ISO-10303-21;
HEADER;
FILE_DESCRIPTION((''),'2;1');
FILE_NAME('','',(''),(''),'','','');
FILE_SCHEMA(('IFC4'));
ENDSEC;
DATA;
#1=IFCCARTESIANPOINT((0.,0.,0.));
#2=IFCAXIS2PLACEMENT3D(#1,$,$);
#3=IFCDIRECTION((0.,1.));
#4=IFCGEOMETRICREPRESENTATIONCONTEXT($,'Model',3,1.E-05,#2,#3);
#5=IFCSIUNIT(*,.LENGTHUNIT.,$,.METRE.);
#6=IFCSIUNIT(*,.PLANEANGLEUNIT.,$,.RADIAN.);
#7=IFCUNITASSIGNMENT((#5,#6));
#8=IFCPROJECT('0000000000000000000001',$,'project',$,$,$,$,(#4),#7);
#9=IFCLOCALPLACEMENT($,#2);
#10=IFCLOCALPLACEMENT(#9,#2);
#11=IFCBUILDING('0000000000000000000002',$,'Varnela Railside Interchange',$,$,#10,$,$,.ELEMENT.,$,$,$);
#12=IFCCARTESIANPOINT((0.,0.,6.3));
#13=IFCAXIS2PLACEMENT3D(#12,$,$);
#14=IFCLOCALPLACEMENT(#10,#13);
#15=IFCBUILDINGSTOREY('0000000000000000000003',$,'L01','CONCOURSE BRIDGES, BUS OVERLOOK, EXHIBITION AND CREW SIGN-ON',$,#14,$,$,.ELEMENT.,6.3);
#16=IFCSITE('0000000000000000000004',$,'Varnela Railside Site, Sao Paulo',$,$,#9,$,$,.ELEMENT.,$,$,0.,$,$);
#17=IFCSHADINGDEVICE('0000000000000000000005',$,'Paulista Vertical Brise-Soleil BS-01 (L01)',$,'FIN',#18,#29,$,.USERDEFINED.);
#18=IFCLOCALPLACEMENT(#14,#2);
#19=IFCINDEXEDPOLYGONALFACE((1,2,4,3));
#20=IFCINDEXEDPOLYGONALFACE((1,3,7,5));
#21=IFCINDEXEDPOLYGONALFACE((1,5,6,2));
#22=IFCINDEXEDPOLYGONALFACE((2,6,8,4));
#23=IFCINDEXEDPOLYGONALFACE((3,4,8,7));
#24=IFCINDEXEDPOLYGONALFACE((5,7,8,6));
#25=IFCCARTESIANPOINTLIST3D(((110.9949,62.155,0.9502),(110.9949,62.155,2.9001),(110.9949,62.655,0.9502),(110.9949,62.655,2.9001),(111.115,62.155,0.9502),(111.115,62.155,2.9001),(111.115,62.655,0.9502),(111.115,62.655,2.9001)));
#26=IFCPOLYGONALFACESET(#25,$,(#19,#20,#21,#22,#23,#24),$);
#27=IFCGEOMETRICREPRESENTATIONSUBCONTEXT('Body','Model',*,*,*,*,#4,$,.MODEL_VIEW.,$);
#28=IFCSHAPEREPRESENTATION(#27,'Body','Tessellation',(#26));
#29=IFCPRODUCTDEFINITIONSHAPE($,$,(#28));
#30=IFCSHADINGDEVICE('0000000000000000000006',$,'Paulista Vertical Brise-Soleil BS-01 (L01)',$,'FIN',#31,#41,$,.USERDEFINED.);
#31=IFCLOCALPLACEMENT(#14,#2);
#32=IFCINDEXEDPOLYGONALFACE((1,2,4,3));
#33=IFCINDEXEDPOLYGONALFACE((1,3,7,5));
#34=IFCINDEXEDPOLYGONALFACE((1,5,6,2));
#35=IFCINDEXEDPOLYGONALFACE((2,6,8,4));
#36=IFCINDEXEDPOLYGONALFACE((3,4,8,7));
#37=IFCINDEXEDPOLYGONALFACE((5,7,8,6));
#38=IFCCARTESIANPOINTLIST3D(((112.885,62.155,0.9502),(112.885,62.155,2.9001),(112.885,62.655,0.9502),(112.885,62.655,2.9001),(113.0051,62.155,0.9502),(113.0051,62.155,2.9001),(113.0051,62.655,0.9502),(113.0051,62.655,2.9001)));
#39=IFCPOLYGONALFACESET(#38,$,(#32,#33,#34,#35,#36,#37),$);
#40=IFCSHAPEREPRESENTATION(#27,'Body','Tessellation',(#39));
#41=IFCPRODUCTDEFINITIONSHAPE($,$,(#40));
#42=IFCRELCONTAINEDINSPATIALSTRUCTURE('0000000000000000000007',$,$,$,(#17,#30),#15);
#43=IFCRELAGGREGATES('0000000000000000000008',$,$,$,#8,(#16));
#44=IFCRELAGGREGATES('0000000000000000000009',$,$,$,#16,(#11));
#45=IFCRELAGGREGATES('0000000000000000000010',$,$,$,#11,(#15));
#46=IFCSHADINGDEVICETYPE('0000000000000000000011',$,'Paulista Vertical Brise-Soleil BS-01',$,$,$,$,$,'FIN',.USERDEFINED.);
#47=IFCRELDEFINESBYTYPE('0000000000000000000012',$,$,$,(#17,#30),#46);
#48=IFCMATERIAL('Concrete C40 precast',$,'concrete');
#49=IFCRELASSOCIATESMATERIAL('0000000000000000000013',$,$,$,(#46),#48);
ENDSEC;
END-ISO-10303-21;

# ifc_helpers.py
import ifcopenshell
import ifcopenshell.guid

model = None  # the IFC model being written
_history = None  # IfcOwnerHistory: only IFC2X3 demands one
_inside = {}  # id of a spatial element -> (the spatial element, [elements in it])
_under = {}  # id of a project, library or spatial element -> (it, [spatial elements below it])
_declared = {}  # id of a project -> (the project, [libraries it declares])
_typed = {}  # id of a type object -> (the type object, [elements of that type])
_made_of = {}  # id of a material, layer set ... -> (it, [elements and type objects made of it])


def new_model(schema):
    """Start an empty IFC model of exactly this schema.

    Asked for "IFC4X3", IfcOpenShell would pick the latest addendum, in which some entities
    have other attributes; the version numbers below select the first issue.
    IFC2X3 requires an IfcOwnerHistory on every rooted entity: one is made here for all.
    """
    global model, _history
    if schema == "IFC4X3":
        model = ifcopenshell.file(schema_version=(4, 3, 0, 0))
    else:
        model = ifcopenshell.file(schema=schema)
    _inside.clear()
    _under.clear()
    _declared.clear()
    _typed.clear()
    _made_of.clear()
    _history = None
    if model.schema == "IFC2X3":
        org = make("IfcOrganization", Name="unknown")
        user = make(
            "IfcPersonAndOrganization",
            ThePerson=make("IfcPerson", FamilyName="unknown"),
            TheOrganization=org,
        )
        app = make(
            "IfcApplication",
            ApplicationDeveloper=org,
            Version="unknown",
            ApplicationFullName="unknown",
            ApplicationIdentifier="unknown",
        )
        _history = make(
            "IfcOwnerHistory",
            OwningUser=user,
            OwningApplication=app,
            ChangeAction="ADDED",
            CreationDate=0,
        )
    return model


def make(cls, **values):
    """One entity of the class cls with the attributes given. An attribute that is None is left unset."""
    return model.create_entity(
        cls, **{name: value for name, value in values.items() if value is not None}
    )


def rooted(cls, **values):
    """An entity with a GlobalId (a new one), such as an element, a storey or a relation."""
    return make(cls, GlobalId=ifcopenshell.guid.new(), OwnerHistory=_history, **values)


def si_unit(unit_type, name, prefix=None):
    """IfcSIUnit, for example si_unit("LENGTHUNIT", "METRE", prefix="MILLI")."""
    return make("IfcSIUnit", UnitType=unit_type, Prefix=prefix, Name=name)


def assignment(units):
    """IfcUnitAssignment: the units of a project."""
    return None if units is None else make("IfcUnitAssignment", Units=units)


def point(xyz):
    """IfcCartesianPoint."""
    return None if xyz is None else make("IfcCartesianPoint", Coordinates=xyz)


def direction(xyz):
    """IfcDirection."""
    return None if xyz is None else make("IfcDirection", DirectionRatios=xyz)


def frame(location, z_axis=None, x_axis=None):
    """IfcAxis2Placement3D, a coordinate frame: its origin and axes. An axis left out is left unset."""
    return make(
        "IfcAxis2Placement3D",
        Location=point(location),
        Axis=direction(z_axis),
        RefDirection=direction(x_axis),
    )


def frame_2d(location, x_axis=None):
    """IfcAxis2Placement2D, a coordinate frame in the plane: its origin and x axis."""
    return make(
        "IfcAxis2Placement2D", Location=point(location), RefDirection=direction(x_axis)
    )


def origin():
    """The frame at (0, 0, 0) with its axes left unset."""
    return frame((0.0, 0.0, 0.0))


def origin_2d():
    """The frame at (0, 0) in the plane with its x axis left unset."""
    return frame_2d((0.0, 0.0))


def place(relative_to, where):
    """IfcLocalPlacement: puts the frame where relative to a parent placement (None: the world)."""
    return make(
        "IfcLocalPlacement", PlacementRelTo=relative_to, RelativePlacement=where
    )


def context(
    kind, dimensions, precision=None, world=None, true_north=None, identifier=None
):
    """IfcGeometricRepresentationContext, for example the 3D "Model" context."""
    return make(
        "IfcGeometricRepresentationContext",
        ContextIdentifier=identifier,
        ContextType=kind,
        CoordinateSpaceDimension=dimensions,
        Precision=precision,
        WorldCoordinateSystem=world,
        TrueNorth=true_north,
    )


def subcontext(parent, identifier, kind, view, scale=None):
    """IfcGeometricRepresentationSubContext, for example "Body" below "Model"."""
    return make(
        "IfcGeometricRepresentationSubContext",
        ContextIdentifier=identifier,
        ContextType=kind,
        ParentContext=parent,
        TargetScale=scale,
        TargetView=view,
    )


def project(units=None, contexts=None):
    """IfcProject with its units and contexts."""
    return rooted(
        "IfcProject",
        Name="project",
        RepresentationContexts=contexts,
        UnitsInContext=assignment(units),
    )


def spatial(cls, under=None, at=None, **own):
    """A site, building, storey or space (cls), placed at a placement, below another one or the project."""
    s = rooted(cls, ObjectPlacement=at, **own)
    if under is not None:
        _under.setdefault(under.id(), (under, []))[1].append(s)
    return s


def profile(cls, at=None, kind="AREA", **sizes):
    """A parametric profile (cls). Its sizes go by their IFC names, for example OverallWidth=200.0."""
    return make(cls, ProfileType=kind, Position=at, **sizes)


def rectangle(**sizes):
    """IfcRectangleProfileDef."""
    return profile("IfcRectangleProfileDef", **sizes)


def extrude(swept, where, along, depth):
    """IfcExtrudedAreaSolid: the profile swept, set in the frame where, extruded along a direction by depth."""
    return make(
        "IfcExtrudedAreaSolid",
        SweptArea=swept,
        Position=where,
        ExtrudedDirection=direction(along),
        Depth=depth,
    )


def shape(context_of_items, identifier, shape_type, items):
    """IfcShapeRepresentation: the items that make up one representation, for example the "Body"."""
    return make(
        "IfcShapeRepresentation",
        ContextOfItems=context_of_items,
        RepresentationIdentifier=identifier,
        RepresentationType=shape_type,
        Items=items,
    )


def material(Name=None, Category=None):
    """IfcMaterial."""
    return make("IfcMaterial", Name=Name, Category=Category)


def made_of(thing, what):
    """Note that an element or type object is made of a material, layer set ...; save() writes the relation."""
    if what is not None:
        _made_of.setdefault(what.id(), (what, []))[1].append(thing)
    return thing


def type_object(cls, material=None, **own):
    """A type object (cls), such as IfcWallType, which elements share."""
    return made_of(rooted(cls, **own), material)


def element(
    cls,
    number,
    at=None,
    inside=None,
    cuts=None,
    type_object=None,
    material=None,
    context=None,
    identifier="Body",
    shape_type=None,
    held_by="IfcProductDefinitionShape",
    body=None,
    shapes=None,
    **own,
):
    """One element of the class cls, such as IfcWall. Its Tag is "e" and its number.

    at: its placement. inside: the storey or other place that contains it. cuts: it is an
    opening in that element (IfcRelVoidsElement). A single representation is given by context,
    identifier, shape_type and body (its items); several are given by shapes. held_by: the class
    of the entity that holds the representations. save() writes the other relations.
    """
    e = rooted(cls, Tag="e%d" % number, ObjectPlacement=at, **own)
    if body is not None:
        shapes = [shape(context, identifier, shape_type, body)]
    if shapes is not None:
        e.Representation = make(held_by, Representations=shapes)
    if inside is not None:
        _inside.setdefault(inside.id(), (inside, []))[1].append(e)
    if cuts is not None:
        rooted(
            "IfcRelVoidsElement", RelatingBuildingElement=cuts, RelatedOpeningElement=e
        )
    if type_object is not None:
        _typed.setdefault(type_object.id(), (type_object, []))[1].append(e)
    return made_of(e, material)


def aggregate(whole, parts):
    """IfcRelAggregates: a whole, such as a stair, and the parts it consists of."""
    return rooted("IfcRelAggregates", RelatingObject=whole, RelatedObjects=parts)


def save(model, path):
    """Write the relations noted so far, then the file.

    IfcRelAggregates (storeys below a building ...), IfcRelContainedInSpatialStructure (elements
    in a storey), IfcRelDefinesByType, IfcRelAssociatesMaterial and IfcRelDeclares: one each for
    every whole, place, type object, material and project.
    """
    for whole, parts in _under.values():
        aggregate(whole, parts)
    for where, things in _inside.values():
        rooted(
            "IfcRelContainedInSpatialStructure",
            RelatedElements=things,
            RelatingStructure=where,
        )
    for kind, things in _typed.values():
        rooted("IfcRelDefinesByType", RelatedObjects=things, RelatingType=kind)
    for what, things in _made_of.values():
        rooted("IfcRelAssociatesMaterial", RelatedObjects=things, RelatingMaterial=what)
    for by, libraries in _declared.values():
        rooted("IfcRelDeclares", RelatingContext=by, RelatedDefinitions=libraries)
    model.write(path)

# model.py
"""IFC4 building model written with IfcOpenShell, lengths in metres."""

from ifc_helpers import new_model, si_unit, direction, frame, origin, origin_2d, place, context, subcontext, project, spatial, rectangle, extrude, material, type_object, element, save


model = new_model("IFC4")

# Units and contexts
model_context = context("Model", 3, precision=1e-05, world=origin(), true_north=direction((0.0, 1.0)))
body_context = subcontext(model_context, "Body", "Model", "MODEL_VIEW")
ifc_project = project(units=[si_unit("LENGTHUNIT", "METRE"), si_unit("PLANEANGLEUNIT", "RADIAN")], contexts=[model_context])

# Site, building, storey
site_placement = place(None, origin())
site = spatial("IfcSite", under=ifc_project, at=site_placement, Name="Varnela Railside Site, Sao Paulo", CompositionType="ELEMENT", RefElevation=0.0)
building_placement = place(site_placement, origin())
building = spatial("IfcBuilding", under=site, at=building_placement, Name="Varnela Railside Interchange", CompositionType="ELEMENT")
storey_placement = place(building_placement, frame((0.0, 0.0, 6.3)))
storey = spatial("IfcBuildingStorey", under=building, at=storey_placement, Name="L01", Description="CONCOURSE BRIDGES, BUS OVERLOOK, EXHIBITION AND CREW SIGN-ON", CompositionType="ELEMENT", Elevation=6.3)

# Shared definitions
ifc_material_1 = material(Name="Concrete C40 precast", Category="concrete")

# Shading devices
shading_device_type = type_object("IfcShadingDeviceType", Name="Paulista Vertical Brise-Soleil BS-01", ElementType="FIN", PredefinedType="USERDEFINED", material=ifc_material_1)
for number, where, z_axis, x_axis, name in (
    (1, (111.0549, 62.405, 0.9502), (0.0, 0.0, 1.0), (0.0, 1.0, 0.0), "Paulista Vertical Brise-Soleil BS-01 (L01)"),
    (2, (112.9451, 62.405, 0.9502), (0.0, 0.0, 1.0), (0.0, 1.0, 0.0), "Paulista Vertical Brise-Soleil BS-01 (L01)"),
):
    element("IfcShadingDevice", number, at=place(storey_placement, frame(where, z_axis=z_axis, x_axis=x_axis)), inside=storey, type_object=shading_device_type, Name=name, ObjectType="FIN", PredefinedType="USERDEFINED", context=body_context, shape_type="SweptSolid", body=[
        extrude(rectangle(XDim=0.5, YDim=0.1201, at=origin_2d()), origin(), (0.0, 0.0, 1.0), 1.95),
    ])

save(model, "model.ifc")
